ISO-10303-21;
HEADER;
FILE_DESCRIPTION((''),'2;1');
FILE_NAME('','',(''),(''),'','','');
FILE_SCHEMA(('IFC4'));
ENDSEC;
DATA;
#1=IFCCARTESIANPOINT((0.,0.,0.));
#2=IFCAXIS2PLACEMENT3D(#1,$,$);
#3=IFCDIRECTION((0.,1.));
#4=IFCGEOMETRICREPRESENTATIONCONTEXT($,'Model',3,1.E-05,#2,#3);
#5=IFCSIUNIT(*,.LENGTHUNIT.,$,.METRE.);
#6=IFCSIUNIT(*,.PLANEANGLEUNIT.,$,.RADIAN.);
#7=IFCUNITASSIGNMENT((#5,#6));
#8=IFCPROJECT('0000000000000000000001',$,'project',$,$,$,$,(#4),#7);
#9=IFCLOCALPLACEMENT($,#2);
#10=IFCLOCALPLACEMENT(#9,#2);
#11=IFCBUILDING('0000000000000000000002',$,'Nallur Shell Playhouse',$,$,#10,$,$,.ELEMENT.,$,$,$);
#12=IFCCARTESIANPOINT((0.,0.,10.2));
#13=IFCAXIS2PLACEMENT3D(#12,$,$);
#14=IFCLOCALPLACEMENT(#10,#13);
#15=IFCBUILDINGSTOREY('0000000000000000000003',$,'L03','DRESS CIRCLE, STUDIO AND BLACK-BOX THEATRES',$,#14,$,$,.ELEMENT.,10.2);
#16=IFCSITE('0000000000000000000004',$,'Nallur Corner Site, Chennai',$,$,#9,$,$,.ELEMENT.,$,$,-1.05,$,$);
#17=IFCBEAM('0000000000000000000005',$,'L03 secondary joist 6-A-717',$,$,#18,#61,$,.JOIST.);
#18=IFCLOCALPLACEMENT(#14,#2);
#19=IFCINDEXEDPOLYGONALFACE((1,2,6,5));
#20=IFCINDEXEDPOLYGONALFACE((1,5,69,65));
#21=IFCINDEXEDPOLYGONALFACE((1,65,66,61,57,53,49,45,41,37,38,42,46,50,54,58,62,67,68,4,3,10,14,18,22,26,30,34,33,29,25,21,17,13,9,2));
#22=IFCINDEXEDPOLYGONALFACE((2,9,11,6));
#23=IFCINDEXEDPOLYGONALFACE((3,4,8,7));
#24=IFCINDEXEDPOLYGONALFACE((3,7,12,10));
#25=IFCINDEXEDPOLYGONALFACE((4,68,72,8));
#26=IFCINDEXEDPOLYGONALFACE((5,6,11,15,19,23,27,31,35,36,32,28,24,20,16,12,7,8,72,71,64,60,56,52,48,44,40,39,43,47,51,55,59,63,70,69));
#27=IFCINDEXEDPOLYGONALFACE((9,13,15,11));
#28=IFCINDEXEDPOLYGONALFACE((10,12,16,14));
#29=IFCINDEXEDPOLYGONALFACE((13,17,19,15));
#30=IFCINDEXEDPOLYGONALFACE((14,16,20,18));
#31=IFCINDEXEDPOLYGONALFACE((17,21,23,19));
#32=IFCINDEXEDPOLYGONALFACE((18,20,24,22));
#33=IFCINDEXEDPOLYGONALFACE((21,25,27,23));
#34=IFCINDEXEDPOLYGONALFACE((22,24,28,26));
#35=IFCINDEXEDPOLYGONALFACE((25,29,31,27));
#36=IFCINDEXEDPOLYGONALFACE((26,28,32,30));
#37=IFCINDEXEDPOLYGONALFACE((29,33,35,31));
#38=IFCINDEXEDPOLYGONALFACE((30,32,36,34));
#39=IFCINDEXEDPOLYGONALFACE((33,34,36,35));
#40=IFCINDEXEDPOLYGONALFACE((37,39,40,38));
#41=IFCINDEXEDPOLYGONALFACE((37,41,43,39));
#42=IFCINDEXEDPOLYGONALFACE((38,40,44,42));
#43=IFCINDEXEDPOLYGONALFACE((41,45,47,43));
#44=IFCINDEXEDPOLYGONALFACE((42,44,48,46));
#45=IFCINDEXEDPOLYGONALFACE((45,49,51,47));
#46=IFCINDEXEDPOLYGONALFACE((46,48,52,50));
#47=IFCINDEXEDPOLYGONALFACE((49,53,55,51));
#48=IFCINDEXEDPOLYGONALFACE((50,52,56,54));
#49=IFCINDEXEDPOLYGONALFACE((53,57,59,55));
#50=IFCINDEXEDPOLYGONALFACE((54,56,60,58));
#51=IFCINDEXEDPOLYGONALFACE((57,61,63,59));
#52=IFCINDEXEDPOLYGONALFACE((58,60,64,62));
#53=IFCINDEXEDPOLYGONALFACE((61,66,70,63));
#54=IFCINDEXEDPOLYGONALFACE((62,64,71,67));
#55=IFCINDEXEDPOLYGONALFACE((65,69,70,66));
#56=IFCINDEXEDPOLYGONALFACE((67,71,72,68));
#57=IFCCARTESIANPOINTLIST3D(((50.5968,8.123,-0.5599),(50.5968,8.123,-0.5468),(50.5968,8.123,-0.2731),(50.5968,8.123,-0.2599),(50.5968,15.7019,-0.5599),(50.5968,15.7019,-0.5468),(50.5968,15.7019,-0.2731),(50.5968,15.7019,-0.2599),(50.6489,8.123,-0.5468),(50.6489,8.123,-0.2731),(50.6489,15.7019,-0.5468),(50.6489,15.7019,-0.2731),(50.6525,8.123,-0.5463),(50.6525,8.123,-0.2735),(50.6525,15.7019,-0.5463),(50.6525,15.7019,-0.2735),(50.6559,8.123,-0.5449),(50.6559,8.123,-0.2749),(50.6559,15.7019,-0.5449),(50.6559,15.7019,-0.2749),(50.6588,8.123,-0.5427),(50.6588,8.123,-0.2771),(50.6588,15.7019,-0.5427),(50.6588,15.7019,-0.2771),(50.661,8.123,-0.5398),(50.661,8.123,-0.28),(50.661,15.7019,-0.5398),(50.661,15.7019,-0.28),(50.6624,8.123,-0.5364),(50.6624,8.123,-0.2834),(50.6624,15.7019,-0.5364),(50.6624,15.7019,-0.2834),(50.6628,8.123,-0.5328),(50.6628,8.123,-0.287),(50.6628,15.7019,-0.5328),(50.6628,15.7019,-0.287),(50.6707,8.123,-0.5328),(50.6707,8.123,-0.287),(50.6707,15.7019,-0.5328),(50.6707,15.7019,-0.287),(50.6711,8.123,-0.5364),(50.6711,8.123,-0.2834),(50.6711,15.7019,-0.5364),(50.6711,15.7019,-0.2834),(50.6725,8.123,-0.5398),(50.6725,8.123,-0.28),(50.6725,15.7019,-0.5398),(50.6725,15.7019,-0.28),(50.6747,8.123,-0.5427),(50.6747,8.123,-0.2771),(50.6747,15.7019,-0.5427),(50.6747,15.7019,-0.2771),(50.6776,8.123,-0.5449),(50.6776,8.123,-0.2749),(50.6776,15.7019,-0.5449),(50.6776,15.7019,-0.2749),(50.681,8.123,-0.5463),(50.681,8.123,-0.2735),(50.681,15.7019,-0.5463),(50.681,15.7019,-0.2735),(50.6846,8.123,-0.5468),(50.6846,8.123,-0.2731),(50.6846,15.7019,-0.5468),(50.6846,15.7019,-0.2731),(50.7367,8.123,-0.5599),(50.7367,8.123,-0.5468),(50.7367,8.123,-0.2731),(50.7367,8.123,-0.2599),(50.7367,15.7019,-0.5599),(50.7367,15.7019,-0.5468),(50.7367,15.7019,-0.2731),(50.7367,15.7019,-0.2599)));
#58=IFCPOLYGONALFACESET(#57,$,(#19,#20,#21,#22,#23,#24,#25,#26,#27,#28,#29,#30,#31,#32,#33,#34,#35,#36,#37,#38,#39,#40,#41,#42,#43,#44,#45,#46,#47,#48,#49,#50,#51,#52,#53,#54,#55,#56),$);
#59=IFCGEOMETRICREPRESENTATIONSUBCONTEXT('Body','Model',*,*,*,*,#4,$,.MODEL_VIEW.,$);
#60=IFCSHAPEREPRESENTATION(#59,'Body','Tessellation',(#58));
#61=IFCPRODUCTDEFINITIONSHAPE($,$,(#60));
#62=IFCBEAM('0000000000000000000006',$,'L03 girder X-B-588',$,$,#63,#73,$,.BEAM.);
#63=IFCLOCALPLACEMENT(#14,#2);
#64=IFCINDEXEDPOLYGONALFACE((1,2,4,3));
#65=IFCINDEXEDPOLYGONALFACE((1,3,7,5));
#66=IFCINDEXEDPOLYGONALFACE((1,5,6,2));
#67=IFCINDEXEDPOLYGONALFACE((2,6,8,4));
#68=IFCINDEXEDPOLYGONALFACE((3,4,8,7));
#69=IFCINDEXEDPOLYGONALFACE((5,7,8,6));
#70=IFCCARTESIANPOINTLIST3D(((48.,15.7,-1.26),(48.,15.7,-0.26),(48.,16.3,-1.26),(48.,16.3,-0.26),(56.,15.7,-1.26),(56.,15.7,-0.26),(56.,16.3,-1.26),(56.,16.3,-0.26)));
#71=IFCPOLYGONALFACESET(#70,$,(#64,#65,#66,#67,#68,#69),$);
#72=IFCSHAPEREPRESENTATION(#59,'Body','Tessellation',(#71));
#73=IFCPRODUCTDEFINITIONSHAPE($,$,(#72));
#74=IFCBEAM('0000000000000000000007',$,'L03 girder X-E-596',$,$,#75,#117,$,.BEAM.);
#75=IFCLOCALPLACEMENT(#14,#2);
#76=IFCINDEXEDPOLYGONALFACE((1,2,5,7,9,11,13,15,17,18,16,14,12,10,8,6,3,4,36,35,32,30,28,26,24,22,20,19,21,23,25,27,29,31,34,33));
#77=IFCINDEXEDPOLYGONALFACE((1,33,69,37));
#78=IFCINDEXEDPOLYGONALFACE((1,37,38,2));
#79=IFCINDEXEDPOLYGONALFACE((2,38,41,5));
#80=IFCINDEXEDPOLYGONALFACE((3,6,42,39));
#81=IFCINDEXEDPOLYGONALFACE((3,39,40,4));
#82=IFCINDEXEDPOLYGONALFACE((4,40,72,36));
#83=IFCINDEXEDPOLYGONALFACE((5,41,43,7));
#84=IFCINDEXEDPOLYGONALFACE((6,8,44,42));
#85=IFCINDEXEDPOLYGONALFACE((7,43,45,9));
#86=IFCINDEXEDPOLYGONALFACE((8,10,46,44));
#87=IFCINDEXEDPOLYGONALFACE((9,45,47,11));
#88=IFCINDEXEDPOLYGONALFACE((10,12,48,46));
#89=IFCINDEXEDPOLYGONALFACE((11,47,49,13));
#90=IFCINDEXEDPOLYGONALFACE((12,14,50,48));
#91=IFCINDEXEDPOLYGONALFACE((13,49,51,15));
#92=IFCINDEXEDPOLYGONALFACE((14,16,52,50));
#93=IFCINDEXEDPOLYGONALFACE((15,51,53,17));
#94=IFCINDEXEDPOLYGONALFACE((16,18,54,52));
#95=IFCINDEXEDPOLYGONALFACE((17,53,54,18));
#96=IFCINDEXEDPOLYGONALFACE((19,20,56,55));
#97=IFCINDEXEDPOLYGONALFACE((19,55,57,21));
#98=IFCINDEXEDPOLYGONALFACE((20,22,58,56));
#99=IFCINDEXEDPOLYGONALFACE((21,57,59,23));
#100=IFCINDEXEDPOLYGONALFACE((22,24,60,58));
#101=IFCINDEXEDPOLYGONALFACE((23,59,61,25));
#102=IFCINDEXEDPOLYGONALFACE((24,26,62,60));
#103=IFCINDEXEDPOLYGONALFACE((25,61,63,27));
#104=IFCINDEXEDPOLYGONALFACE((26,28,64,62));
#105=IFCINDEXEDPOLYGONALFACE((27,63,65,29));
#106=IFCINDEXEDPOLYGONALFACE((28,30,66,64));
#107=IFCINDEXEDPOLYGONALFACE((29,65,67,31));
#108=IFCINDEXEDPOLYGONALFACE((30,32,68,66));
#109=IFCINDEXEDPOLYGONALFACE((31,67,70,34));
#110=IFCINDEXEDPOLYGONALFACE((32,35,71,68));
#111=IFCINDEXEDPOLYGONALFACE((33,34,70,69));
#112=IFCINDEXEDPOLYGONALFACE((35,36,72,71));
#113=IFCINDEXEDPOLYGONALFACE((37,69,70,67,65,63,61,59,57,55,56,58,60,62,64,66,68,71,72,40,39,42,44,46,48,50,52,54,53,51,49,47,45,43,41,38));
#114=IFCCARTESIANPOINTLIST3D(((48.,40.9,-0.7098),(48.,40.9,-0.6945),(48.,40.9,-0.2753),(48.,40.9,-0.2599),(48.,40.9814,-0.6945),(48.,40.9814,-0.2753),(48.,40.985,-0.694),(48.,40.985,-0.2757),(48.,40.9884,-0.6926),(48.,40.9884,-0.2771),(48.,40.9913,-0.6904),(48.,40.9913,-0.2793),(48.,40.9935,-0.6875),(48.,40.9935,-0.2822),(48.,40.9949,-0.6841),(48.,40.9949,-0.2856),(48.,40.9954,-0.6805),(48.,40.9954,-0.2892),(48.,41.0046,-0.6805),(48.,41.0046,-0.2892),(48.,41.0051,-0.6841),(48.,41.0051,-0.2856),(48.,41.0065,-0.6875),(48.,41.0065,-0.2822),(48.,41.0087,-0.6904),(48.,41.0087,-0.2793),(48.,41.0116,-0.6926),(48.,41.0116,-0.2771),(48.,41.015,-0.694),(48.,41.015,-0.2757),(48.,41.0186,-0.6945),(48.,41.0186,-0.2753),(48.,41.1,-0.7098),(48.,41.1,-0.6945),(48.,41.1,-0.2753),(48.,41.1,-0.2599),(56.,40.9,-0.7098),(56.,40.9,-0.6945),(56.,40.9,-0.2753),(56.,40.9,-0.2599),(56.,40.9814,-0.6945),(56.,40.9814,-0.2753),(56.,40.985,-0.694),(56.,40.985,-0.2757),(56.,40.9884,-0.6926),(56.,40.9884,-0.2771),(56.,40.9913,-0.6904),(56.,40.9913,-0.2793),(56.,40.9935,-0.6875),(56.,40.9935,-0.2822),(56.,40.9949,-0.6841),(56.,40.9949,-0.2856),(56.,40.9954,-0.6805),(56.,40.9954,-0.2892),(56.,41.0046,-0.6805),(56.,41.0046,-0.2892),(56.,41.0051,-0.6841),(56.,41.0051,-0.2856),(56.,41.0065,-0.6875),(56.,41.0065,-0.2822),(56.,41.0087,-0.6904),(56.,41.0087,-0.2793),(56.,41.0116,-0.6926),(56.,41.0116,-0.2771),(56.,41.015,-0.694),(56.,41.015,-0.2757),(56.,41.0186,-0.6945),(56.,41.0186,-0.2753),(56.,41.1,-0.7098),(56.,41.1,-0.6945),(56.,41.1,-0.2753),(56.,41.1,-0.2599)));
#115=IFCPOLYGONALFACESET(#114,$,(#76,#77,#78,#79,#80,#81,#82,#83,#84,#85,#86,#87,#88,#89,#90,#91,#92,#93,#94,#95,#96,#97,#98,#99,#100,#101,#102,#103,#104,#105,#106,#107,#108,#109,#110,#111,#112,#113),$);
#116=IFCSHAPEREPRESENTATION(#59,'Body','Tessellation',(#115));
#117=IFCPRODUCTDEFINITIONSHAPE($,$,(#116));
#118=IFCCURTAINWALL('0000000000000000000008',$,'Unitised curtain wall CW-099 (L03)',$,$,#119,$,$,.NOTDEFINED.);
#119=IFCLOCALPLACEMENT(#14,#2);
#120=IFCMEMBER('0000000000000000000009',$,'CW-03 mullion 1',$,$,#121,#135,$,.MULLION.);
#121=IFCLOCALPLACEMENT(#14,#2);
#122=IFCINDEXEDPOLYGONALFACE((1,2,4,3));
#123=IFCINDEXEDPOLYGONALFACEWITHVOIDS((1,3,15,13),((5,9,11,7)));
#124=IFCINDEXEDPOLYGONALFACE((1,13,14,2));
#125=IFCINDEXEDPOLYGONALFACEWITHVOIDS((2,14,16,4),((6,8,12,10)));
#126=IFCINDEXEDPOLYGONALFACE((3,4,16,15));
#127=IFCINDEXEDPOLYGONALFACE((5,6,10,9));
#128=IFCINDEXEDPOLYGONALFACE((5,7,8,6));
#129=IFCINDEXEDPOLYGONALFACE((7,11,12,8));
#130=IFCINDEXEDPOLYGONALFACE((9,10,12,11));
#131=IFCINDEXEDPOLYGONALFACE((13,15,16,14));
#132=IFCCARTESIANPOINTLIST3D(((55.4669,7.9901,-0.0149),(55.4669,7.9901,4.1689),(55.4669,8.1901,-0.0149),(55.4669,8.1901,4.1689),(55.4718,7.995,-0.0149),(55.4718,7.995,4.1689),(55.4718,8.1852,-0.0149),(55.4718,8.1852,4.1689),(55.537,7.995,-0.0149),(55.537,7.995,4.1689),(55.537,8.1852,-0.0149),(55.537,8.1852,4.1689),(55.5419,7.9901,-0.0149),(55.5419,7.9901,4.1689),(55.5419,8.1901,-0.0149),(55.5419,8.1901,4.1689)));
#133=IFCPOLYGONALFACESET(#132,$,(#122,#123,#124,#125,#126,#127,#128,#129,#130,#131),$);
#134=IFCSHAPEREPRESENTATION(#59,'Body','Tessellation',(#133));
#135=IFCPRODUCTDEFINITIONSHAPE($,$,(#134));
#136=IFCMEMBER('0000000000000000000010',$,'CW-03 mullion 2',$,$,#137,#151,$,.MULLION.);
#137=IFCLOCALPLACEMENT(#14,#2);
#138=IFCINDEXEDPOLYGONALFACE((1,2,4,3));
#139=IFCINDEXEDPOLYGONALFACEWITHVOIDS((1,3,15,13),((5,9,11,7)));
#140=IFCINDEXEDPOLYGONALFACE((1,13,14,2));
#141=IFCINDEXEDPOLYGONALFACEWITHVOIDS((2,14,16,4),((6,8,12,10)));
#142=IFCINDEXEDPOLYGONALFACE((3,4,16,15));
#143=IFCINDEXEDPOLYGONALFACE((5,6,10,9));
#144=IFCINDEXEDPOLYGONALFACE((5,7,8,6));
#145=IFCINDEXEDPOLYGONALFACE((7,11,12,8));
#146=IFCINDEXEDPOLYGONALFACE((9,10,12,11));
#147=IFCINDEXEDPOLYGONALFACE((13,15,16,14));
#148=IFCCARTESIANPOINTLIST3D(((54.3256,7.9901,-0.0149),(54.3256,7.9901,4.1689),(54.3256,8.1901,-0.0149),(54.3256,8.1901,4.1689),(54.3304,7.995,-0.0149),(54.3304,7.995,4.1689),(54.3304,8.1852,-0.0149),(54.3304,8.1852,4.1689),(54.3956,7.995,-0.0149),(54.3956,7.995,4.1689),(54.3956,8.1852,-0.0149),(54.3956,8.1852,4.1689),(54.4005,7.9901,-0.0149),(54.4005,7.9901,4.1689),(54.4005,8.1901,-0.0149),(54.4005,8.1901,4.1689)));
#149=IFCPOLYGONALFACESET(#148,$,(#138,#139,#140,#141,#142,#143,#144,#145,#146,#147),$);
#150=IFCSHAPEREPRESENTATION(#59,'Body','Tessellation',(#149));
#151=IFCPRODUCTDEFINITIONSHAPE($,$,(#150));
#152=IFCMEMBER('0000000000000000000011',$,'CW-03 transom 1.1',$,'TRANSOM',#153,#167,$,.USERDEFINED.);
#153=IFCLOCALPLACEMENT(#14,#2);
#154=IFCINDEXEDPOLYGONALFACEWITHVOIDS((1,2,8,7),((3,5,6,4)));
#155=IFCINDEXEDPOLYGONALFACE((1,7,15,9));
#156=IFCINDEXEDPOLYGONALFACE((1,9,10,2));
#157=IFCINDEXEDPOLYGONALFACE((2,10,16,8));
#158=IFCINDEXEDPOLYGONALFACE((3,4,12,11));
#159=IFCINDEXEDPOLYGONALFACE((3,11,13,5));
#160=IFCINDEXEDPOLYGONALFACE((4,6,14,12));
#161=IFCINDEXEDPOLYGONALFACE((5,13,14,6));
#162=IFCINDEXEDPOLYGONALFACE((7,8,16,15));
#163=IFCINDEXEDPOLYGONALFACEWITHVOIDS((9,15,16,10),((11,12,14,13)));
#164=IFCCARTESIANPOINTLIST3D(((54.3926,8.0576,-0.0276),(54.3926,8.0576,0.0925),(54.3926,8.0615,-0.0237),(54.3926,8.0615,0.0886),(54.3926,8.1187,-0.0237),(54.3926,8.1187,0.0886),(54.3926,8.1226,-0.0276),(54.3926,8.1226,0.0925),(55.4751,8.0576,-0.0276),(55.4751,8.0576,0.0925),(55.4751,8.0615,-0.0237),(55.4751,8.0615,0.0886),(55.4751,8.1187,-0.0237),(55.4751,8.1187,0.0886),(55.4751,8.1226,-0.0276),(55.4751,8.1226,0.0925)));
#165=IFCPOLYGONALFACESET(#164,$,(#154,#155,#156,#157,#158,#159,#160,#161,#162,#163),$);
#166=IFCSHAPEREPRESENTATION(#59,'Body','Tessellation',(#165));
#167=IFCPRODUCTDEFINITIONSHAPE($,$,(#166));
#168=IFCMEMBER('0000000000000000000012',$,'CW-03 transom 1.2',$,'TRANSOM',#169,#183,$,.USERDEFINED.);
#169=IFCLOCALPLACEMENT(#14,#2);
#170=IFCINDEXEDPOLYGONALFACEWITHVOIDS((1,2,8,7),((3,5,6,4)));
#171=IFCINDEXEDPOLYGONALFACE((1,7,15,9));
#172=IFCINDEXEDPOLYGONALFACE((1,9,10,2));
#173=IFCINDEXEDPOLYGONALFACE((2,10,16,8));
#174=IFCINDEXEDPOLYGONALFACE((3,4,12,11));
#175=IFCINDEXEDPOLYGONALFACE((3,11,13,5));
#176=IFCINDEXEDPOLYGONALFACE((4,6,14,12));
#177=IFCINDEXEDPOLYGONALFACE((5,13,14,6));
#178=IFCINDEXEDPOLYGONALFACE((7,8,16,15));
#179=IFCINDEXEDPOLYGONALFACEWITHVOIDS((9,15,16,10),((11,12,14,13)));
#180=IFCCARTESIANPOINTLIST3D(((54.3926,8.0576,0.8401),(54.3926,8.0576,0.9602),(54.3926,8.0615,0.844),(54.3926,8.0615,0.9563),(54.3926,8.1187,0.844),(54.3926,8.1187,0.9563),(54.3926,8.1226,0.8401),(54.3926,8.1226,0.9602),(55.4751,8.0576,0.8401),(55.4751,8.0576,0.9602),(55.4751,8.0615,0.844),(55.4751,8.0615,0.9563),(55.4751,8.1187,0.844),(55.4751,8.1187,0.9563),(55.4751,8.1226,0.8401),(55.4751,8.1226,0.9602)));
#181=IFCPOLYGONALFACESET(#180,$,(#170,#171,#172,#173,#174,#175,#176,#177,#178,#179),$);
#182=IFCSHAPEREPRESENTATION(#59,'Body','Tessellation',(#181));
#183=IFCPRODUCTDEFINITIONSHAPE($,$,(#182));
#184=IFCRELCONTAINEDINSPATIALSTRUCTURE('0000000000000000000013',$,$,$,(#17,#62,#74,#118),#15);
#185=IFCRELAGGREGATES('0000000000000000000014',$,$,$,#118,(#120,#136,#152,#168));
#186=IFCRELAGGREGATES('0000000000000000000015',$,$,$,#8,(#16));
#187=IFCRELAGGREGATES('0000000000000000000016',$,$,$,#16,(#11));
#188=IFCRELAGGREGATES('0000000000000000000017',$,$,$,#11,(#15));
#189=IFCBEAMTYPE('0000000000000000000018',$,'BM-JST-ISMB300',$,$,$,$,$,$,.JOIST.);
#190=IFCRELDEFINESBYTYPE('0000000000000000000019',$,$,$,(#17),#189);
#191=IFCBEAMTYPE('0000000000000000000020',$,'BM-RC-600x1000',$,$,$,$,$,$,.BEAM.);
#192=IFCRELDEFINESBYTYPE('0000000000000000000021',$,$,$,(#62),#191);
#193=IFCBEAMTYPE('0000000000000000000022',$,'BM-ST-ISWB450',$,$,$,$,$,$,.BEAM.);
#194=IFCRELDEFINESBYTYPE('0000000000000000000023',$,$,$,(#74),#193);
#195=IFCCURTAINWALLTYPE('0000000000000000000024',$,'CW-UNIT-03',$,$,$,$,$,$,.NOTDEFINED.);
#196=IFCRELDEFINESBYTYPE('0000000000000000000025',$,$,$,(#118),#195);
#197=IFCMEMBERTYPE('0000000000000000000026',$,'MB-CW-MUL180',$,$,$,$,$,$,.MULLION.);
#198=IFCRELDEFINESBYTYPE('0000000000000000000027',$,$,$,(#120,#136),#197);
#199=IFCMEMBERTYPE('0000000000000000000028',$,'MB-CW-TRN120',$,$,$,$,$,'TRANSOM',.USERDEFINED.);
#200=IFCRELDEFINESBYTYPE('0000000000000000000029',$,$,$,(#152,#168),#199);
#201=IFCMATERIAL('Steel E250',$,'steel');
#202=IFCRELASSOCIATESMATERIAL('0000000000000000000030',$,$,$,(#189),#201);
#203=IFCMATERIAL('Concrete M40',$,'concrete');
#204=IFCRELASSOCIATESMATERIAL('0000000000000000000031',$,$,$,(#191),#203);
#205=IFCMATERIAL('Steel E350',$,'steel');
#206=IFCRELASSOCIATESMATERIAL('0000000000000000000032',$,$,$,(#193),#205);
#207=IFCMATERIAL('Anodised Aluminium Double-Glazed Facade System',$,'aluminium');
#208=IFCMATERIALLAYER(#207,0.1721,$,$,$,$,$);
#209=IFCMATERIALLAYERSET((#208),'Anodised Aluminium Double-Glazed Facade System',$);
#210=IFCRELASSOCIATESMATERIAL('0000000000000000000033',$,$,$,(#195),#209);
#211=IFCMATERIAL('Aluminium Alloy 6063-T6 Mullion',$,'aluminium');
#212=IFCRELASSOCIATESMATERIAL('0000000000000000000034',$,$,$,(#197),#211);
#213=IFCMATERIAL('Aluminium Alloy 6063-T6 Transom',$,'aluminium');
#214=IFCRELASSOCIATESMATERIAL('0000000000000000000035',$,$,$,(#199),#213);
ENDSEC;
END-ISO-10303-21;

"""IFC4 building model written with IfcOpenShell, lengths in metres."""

from ifc_helpers import new_model, si_unit, direction, frame, origin, origin_2d, place, context, subcontext, project, spatial, rectangle, hollow_rectangle, i_section, extrude, material, layer, layer_set, material_profile, profile_set, type_object, element, aggregate, save


model = new_model("IFC4")

# Units and contexts
model_context = context("Model", 3, precision=1e-05, world=origin(), true_north=direction((0.0, 1.0)))
body_context = subcontext(model_context, "Body", "Model", "MODEL_VIEW")
ifc_project = project(units=[si_unit("LENGTHUNIT", "METRE"), si_unit("PLANEANGLEUNIT", "RADIAN")], contexts=[model_context])

# Site, building, storey
site_placement = place(None, origin())
site = spatial("IfcSite", under=ifc_project, at=site_placement, Name="Nallur Corner Site, Chennai", CompositionType="ELEMENT", RefElevation=-1.05)
building_placement = place(site_placement, origin())
building = spatial("IfcBuilding", under=site, at=building_placement, Name="Nallur Shell Playhouse", CompositionType="ELEMENT")
storey_placement = place(building_placement, frame((0.0, 0.0, 10.2)))
storey = spatial("IfcBuildingStorey", under=building, at=storey_placement, Name="L03", Description="DRESS CIRCLE, STUDIO AND BLACK-BOX THEATRES", CompositionType="ELEMENT", Elevation=10.2)

# Shared definitions
ifc_material_1 = material(Name="Concrete M40", Category="concrete")

# Beams
ifc_material_2 = material(Name="Steel E250", Category="steel")
ifc_material_profile_1 = material_profile(ifc_material_2, i_section(OverallWidth=0.1399, OverallDepth=0.3, WebThickness=0.0078, FlangeThickness=0.0132, FilletRadius=0.0139, at=origin_2d()), Name="ISMB 300")
ifc_profile_set_1 = profile_set([ifc_material_profile_1], Name="Steel E250")
beam_type_1 = type_object("IfcBeamType", Name="BM-JST-ISMB300", PredefinedType="JOIST", material=ifc_profile_set_1)
beam_1_placement = place(storey_placement, frame((50.6667, 8.123, -0.4099), z_axis=(0.0, 1.0, 0.0), x_axis=(-1.0, 0.0, 0.0)))
element("IfcBeam", 1, at=beam_1_placement, inside=storey, type_object=beam_type_1, Name="L03 secondary joist 6-A-717", PredefinedType="JOIST", context=body_context, shape_type="SweptSolid", body=[
    extrude(i_section(OverallWidth=0.1399, OverallDepth=0.3, WebThickness=0.0078, FlangeThickness=0.0132, FilletRadius=0.0139, at=origin_2d()), origin(), (0.0, 0.0, 1.0), 7.5789),
])
ifc_material_profile_2 = material_profile(ifc_material_1, rectangle(XDim=0.6001, YDim=1.0, at=origin_2d()), Name="RC 600x1000")
ifc_profile_set_2 = profile_set([ifc_material_profile_2], Name="Concrete M40")
beam_type_2 = type_object("IfcBeamType", Name="BM-RC-600x1000", PredefinedType="BEAM", material=ifc_profile_set_2)
beam_2_placement = place(storey_placement, frame((48.0, 16.0, -0.76), z_axis=(1.0, 0.0, 0.0), x_axis=(0.0, 1.0, 0.0)))
element("IfcBeam", 2, at=beam_2_placement, inside=storey, type_object=beam_type_2, Name="L03 girder X-B-588", PredefinedType="BEAM", context=body_context, shape_type="SweptSolid", body=[
    extrude(rectangle(XDim=0.6001, YDim=1.0, at=origin_2d()), origin(), (0.0, 0.0, 1.0), 8.0),
])
ifc_material_3 = material(Name="Steel E350", Category="steel")
ifc_material_profile_3 = material_profile(ifc_material_3, i_section(OverallWidth=0.2, OverallDepth=0.45, WebThickness=0.0093, FlangeThickness=0.0154, FilletRadius=0.0139, at=origin_2d()), Name="ISWB 450")
ifc_profile_set_3 = profile_set([ifc_material_profile_3], Name="Steel E350")
beam_type_3 = type_object("IfcBeamType", Name="BM-ST-ISWB450", PredefinedType="BEAM", material=ifc_profile_set_3)
beam_3_placement = place(storey_placement, frame((48.0, 41.0, -0.4849), z_axis=(1.0, 0.0, 0.0), x_axis=(0.0, 1.0, 0.0)))
element("IfcBeam", 3, at=beam_3_placement, inside=storey, type_object=beam_type_3, Name="L03 girder X-E-596", PredefinedType="BEAM", context=body_context, shape_type="SweptSolid", body=[
    extrude(i_section(OverallWidth=0.2, OverallDepth=0.45, WebThickness=0.0093, FlangeThickness=0.0154, FilletRadius=0.0139, at=origin_2d()), origin(), (0.0, 0.0, 1.0), 8.0),
])

# Curtain wall, members
ifc_material_4 = material(Name="Anodised Aluminium Double-Glazed Facade System", Category="aluminium")
ifc_layer_1 = layer(ifc_material_4, 0.1721)
ifc_layer_set_1 = layer_set([ifc_layer_1], Name="Anodised Aluminium Double-Glazed Facade System")
curtain_wall_type_1 = type_object("IfcCurtainWallType", Name="CW-UNIT-03", PredefinedType="NOTDEFINED", material=ifc_layer_set_1)
curtain_wall_1_placement = place(storey_placement, origin())
curtain_wall_1 = element("IfcCurtainWall", 4, at=curtain_wall_1_placement, inside=storey, type_object=curtain_wall_type_1, Name="Unitised curtain wall CW-099 (L03)", PredefinedType="NOTDEFINED")
ifc_material_5 = material(Name="Aluminium Alloy 6063-T6 Mullion", Category="aluminium")
ifc_material_profile_4 = material_profile(ifc_material_5, hollow_rectangle(XDim=0.075, YDim=0.2, WallThickness=0.0049, at=origin_2d()), Name="ALU 75x200x5")
ifc_profile_set_4 = profile_set([ifc_material_profile_4], Name="Aluminium Alloy 6063-T6 Mullion")
member_type_1 = type_object("IfcMemberType", Name="MB-CW-MUL180", PredefinedType="MULLION", material=ifc_profile_set_4)
member_1_placement = place(storey_placement, frame((55.5044, 8.0901, -0.0149), z_axis=(0.0, 0.0, 1.0), x_axis=(-1.0, 0.0, 0.0)))
member_1 = element("IfcMember", 5, at=member_1_placement, type_object=member_type_1, Name="CW-03 mullion 1", PredefinedType="MULLION", context=body_context, shape_type="SweptSolid", body=[
    extrude(hollow_rectangle(XDim=0.075, YDim=0.2, WallThickness=0.0049, at=origin_2d()), origin(), (0.0, 0.0, 1.0), 4.1838),
])
member_2_placement = place(storey_placement, frame((54.363, 8.0901, -0.0149), z_axis=(0.0, 0.0, 1.0), x_axis=(-1.0, 0.0, 0.0)))
member_2 = element("IfcMember", 6, at=member_2_placement, type_object=member_type_1, Name="CW-03 mullion 2", PredefinedType="MULLION", context=body_context, shape_type="SweptSolid", body=[
    extrude(hollow_rectangle(XDim=0.075, YDim=0.2, WallThickness=0.0049, at=origin_2d()), origin(), (0.0, 0.0, 1.0), 4.1838),
])
ifc_material_6 = material(Name="Aluminium Alloy 6063-T6 Transom", Category="aluminium")
ifc_material_profile_5 = material_profile(ifc_material_6, hollow_rectangle(XDim=0.0649, YDim=0.1201, WallThickness=0.0039, at=origin_2d()), Name="ALU 65x120x4")
ifc_profile_set_5 = profile_set([ifc_material_profile_5], Name="Aluminium Alloy 6063-T6 Transom")
member_type_2 = type_object("IfcMemberType", Name="MB-CW-TRN120", ElementType="TRANSOM", PredefinedType="USERDEFINED", material=ifc_profile_set_5)
member_3_placement = place(storey_placement, frame((55.4751, 8.0901, 0.0325), z_axis=(-1.0, 0.0, 0.0), x_axis=(0.0, -1.0, 0.0)))
member_3 = element("IfcMember", 7, at=member_3_placement, type_object=member_type_2, Name="CW-03 transom 1.1", ObjectType="TRANSOM", PredefinedType="USERDEFINED", context=body_context, shape_type="SweptSolid", body=[
    extrude(hollow_rectangle(XDim=0.0649, YDim=0.1201, WallThickness=0.0039, at=origin_2d()), origin(), (0.0, 0.0, 1.0), 1.0825),
])
member_4_placement = place(storey_placement, frame((55.4751, 8.0901, 0.9001), z_axis=(-1.0, 0.0, 0.0), x_axis=(0.0, -1.0, 0.0)))
member_4 = element("IfcMember", 8, at=member_4_placement, type_object=member_type_2, Name="CW-03 transom 1.2", ObjectType="TRANSOM", PredefinedType="USERDEFINED", context=body_context, shape_type="SweptSolid", body=[
    extrude(hollow_rectangle(XDim=0.0649, YDim=0.1201, WallThickness=0.0039, at=origin_2d()), origin(), (0.0, 0.0, 1.0), 1.0825),
])
aggregate(curtain_wall_1, [member_1, member_2, member_3, member_4])

save(model, "model.ifc")
